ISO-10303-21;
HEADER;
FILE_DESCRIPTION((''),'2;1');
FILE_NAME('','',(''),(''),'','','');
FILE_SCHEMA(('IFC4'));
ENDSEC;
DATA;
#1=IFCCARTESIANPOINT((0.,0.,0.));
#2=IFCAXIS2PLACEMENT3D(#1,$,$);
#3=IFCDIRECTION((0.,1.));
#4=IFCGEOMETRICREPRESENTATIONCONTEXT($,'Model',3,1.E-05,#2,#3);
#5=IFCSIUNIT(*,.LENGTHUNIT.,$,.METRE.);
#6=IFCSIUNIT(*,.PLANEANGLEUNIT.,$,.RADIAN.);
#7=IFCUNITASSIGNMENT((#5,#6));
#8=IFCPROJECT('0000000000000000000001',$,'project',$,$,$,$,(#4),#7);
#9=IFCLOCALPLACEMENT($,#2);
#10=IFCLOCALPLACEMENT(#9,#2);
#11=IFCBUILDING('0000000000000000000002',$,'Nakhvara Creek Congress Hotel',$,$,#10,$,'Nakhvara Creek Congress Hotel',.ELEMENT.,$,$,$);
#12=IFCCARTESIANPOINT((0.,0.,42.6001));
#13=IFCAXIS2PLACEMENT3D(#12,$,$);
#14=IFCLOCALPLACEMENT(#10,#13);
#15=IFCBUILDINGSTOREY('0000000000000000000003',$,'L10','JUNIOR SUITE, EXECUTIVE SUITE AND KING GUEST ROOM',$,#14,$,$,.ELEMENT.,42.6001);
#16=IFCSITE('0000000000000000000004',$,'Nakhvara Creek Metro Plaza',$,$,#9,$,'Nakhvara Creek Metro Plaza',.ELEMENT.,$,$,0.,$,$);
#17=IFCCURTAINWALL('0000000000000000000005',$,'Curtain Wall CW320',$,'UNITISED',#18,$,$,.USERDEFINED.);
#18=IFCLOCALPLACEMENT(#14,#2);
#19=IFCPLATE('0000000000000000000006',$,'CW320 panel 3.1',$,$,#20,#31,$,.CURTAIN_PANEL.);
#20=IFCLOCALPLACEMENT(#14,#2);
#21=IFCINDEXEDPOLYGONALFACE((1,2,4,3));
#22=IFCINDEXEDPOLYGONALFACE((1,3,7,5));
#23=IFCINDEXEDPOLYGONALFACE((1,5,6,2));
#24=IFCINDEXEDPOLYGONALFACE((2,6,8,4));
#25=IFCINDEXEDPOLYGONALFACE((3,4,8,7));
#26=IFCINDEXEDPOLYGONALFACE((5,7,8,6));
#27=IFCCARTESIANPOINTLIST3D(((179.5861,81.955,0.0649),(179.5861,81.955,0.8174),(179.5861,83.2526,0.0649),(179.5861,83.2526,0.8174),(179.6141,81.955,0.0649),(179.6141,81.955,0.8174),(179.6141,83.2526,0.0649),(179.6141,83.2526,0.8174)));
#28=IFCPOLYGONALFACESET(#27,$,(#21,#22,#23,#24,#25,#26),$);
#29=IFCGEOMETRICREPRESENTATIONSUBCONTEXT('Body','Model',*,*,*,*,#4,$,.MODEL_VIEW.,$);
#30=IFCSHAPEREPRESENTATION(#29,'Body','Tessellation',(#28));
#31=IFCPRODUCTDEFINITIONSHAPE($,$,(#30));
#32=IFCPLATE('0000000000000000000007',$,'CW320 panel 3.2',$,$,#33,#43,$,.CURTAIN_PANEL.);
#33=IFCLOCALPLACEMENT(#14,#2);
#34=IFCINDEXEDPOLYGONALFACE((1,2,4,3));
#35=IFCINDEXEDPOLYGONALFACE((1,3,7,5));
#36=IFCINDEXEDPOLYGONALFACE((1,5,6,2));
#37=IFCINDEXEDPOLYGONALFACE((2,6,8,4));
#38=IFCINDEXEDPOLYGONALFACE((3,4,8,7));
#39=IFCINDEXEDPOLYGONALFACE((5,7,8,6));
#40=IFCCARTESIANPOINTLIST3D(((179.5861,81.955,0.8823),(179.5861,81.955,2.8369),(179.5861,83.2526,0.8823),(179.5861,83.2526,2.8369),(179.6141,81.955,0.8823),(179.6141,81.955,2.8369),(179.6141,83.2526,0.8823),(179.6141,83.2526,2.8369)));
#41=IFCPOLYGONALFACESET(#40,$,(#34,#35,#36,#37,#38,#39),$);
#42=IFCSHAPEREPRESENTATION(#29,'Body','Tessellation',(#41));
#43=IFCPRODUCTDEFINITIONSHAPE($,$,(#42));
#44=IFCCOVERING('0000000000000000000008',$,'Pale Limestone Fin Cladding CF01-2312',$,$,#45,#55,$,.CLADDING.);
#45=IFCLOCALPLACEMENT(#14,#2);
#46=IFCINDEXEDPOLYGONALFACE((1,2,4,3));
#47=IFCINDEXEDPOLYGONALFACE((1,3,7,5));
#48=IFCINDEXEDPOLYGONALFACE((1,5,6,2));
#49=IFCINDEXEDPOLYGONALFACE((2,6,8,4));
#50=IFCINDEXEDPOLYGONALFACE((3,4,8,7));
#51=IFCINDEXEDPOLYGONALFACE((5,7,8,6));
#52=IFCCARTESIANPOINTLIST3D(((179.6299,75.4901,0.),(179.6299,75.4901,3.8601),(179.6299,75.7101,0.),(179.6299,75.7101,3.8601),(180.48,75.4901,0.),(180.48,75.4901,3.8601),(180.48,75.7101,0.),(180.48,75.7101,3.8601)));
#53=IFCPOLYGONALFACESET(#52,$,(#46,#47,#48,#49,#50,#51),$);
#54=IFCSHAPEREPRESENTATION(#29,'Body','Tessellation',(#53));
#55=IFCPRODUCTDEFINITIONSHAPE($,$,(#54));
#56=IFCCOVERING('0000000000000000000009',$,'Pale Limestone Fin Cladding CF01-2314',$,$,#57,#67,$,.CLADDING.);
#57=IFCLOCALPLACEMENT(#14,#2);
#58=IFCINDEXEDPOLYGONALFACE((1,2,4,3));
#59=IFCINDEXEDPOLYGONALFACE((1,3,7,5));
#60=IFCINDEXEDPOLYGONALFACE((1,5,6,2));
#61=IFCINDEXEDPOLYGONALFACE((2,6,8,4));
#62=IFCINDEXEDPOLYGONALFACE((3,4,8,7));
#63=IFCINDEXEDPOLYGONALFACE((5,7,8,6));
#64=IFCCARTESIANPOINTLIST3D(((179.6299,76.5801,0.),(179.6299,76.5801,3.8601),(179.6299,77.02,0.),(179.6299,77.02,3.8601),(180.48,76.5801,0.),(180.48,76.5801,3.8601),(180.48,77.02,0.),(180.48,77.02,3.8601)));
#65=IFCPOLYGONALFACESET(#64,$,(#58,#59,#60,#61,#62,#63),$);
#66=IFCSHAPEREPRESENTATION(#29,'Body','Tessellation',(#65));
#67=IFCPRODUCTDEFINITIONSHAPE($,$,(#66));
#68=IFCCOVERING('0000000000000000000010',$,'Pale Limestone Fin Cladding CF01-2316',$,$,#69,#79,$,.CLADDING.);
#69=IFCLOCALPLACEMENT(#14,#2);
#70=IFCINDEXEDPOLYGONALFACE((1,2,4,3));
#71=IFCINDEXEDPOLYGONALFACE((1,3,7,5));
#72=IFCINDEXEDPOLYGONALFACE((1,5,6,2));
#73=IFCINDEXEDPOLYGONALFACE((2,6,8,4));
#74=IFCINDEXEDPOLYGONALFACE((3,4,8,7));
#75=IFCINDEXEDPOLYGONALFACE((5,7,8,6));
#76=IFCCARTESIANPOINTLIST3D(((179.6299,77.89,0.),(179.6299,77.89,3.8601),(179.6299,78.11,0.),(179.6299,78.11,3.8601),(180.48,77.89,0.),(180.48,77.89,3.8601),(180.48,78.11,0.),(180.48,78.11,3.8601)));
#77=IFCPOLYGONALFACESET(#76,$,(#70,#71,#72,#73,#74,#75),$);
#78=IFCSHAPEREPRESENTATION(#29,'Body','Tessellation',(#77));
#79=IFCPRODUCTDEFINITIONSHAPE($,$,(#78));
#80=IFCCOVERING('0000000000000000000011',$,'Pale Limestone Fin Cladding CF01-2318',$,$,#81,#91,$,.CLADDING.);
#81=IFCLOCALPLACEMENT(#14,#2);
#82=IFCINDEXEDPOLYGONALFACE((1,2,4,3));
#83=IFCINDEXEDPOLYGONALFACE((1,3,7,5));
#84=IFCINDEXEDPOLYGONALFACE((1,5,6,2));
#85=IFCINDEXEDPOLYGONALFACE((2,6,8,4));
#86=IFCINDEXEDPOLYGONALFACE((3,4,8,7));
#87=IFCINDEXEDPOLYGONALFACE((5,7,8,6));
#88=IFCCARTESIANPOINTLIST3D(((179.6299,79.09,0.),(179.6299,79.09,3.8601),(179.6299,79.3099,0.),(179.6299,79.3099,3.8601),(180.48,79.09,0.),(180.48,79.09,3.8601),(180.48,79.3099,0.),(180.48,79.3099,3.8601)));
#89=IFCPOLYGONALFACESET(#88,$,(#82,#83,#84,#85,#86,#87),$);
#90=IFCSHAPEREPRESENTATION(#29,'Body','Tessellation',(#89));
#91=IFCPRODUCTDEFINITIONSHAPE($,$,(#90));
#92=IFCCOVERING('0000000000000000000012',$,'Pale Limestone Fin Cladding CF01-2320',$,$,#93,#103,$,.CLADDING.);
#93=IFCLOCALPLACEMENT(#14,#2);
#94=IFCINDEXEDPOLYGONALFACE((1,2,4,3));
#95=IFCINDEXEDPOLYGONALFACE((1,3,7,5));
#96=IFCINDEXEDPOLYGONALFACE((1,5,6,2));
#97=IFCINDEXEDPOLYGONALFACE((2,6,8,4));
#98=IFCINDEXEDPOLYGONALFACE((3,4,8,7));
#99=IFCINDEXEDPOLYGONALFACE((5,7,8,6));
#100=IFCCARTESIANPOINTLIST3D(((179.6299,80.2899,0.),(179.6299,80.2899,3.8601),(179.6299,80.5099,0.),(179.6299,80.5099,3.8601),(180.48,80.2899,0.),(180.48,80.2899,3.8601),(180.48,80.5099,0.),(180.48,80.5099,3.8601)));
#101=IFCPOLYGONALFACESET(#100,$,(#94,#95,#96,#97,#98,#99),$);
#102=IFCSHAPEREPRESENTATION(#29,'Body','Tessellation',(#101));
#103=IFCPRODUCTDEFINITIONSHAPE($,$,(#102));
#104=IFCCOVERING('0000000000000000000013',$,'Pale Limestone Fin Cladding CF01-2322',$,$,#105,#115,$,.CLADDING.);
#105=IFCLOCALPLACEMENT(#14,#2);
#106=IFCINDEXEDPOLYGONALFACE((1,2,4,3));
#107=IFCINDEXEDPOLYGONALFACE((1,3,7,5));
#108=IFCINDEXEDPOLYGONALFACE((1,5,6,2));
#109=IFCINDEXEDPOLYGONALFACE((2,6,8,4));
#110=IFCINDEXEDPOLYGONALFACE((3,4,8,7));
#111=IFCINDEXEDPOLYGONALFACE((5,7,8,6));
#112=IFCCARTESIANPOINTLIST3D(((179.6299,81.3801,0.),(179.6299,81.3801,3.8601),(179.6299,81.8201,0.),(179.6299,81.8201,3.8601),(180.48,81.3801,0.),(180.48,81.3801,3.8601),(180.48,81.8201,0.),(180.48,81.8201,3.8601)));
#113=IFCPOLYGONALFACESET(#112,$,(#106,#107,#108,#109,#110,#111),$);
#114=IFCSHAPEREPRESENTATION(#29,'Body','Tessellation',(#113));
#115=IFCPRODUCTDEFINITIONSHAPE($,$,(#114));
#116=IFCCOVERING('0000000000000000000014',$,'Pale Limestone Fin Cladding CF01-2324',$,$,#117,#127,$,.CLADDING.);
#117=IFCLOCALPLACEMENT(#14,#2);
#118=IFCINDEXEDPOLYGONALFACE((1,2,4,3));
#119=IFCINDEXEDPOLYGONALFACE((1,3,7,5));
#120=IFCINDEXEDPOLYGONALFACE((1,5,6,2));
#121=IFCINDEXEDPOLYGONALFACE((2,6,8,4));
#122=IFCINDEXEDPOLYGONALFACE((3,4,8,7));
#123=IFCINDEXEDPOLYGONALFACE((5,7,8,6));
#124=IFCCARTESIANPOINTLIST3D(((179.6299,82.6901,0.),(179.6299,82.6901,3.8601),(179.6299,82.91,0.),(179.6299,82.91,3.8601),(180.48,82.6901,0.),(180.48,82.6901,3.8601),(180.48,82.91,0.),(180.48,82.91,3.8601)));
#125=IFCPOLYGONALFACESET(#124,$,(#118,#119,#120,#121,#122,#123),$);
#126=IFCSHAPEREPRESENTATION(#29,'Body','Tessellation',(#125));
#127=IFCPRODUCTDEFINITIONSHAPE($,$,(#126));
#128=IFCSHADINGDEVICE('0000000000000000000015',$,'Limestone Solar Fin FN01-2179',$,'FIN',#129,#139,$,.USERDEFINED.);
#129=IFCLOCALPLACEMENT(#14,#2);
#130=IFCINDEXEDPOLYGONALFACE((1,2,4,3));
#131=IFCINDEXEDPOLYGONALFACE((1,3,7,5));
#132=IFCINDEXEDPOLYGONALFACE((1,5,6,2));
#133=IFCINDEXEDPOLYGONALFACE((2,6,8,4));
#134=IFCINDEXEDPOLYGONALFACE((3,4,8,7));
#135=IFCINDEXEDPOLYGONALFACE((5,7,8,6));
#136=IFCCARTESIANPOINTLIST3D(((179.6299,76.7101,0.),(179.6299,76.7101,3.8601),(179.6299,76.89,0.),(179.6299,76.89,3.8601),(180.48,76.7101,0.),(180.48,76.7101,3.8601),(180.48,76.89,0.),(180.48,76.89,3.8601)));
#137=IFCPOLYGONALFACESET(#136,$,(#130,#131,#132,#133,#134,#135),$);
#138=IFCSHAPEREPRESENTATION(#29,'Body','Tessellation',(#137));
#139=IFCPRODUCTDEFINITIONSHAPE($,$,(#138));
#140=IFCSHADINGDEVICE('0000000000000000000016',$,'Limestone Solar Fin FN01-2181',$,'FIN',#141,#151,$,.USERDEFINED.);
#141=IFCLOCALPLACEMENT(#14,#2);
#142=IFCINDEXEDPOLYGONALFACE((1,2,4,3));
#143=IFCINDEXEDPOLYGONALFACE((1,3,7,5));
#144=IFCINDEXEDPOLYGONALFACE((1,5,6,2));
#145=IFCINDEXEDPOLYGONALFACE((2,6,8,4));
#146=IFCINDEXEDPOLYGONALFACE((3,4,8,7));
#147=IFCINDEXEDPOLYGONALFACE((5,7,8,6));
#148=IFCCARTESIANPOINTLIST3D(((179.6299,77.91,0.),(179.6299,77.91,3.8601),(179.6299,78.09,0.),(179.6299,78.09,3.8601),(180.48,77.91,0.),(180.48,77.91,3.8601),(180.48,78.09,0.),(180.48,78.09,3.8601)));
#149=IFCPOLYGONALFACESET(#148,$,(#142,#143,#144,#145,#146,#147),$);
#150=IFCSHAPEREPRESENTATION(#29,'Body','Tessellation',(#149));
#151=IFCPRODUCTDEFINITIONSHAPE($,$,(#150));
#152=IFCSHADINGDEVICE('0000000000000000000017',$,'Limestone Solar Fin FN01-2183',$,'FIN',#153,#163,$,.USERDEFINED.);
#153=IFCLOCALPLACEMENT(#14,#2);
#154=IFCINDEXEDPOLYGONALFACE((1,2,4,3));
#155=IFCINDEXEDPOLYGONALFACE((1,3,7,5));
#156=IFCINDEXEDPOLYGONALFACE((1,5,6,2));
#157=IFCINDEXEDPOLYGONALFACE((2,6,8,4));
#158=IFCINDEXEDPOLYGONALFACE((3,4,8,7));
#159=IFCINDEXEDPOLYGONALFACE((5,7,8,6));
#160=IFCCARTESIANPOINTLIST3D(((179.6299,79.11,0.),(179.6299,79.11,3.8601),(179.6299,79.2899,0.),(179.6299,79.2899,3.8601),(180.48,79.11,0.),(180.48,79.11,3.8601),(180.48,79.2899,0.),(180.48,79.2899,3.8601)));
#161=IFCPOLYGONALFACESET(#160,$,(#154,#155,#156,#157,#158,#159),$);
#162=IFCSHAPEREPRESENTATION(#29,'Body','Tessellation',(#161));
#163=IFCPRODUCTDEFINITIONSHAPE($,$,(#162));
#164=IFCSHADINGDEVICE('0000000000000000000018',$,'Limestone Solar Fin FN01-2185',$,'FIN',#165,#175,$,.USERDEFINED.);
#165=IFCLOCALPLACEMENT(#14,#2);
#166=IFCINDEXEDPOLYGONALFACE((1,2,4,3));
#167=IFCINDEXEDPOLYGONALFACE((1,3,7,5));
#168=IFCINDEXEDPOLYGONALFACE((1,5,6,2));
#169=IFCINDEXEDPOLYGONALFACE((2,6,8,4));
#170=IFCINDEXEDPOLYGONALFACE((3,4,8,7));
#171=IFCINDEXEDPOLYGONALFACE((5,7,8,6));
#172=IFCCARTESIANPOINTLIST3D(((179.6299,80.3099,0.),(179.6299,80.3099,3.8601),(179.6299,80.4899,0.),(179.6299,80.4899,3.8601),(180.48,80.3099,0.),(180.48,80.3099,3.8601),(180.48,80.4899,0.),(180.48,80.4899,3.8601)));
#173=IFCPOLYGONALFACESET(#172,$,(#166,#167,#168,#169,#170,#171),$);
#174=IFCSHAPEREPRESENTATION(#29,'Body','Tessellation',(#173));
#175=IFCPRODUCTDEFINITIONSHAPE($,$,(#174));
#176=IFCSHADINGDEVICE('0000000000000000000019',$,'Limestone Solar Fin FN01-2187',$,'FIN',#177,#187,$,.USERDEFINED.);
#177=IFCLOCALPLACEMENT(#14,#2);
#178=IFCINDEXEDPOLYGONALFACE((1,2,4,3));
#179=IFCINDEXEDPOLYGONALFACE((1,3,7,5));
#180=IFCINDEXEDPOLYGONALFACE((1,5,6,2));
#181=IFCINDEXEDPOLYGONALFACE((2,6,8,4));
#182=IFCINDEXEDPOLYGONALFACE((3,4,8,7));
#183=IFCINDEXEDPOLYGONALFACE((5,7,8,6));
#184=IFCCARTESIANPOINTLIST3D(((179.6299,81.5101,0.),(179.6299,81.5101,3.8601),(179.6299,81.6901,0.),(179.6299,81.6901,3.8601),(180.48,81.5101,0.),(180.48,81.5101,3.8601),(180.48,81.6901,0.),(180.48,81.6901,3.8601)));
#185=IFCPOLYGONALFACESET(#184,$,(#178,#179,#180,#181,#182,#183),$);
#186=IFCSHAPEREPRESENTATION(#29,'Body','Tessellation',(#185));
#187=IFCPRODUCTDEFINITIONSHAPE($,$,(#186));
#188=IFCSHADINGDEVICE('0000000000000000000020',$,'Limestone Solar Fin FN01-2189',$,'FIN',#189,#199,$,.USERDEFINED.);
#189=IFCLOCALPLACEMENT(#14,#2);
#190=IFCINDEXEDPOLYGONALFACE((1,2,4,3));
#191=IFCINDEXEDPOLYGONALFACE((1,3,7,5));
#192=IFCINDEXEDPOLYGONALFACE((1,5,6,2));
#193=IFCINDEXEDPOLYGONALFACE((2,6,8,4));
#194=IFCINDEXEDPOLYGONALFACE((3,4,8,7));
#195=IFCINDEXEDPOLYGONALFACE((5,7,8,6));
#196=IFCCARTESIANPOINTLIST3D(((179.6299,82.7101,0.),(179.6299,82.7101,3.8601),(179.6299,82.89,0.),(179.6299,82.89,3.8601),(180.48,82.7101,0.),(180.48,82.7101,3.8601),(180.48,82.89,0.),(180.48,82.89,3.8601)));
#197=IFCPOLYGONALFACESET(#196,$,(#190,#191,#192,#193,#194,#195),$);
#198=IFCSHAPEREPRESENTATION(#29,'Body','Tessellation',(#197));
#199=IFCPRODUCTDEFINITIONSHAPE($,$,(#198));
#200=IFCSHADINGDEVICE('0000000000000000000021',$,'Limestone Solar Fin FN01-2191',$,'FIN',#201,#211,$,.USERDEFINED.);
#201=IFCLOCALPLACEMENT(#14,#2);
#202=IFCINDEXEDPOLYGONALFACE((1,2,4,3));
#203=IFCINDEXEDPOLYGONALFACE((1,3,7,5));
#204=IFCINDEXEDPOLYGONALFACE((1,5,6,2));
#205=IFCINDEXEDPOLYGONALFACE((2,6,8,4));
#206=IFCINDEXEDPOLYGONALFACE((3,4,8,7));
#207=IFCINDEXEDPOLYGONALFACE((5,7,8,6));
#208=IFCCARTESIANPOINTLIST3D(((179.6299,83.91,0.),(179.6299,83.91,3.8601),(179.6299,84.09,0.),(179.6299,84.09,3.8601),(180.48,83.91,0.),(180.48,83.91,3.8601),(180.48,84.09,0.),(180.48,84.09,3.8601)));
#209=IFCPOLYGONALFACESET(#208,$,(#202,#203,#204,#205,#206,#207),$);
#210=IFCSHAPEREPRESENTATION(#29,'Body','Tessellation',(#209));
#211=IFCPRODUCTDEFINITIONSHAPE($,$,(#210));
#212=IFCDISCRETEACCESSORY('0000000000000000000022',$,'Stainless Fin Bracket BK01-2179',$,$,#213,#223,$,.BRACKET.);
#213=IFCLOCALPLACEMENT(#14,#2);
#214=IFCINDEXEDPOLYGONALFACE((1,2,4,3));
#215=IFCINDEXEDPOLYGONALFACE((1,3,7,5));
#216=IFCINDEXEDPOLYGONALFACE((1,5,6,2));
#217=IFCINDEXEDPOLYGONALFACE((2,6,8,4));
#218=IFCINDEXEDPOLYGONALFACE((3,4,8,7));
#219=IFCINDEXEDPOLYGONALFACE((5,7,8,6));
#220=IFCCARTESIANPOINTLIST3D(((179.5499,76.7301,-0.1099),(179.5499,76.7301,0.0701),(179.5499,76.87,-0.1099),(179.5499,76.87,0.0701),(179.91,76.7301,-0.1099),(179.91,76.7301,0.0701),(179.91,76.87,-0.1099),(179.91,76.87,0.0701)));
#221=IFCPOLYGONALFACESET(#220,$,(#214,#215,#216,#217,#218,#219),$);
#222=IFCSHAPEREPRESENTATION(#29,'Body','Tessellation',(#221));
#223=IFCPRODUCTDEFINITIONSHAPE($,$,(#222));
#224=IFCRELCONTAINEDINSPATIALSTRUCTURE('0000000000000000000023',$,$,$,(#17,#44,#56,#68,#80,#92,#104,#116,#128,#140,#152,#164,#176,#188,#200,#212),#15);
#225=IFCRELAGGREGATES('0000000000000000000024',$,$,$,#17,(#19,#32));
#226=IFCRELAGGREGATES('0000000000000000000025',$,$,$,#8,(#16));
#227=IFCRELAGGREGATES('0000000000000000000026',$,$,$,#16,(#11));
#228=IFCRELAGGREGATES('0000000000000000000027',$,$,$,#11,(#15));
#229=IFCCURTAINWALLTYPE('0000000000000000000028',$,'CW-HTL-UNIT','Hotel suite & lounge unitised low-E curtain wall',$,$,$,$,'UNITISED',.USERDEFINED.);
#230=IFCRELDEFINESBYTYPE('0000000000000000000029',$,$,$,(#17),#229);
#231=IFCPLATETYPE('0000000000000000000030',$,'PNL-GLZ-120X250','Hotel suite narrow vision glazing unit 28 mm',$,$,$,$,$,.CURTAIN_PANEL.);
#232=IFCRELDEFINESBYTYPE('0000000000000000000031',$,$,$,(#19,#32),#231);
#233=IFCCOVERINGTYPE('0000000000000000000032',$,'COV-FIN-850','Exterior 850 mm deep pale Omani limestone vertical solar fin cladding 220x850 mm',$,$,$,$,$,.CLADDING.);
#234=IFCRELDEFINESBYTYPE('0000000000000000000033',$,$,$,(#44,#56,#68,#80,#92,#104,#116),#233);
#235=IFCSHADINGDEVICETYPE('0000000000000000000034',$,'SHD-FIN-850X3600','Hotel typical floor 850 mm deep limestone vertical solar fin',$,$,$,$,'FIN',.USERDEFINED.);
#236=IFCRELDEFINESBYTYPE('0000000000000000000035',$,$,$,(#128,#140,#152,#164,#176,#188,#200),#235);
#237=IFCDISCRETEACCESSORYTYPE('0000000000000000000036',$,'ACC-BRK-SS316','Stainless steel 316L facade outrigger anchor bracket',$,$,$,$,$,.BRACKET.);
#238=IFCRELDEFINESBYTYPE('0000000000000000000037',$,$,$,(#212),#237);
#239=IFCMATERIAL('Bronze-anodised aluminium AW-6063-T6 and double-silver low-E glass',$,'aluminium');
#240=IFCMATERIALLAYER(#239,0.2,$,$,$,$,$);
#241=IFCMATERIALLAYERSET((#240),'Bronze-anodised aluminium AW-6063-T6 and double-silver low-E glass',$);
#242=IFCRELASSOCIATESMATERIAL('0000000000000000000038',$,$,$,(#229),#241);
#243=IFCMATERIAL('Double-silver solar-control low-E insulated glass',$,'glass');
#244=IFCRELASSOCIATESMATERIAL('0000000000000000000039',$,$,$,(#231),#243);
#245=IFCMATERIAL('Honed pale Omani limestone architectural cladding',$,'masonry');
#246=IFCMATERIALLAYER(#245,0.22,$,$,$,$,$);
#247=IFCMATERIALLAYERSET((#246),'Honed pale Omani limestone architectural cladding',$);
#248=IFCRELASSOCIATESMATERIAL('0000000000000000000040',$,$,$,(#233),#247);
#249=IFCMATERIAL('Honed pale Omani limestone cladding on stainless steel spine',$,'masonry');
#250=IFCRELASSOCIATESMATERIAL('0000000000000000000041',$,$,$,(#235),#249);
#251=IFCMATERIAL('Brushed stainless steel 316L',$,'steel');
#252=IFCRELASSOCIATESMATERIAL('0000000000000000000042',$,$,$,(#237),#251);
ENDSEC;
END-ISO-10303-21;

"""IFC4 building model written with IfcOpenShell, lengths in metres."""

from ifc_helpers import new_model, si_unit, direction, frame, origin, origin_2d, place, context, subcontext, project, spatial, rectangle, extrude, material, layer, layer_set, type_object, element, aggregate, save


model = new_model("IFC4")

# Units and contexts
model_context = context("Model", 3, precision=1e-05, world=origin(), true_north=direction((0.0, 1.0)))
body_context = subcontext(model_context, "Body", "Model", "MODEL_VIEW")
ifc_project = project(units=[si_unit("LENGTHUNIT", "METRE"), si_unit("PLANEANGLEUNIT", "RADIAN")], contexts=[model_context])

# Site, building, storey
site_placement = place(None, origin())
site = spatial("IfcSite", under=ifc_project, at=site_placement, Name="Nakhvara Creek Metro Plaza", LongName="Nakhvara Creek Metro Plaza", CompositionType="ELEMENT", RefElevation=0.0)
building_placement = place(site_placement, origin())
building = spatial("IfcBuilding", under=site, at=building_placement, Name="Nakhvara Creek Congress Hotel", LongName="Nakhvara Creek Congress Hotel", CompositionType="ELEMENT")
storey_placement = place(building_placement, frame((0.0, 0.0, 42.6001)))
storey = spatial("IfcBuildingStorey", under=building, at=storey_placement, Name="L10", Description="JUNIOR SUITE, EXECUTIVE SUITE AND KING GUEST ROOM", CompositionType="ELEMENT", Elevation=42.6001)

# Shared definitions
ifc_material_1 = material(Name="Bronze-anodised aluminium AW-6063-T6 and double-silver low-E glass", Category="aluminium")
ifc_layer_1 = layer(ifc_material_1, 0.2)
ifc_layer_set_1 = layer_set([ifc_layer_1], Name="Bronze-anodised aluminium AW-6063-T6 and double-silver low-E glass")
curtain_wall_type = type_object("IfcCurtainWallType", Name="CW-HTL-UNIT", Description="Hotel suite & lounge unitised low-E curtain wall", ElementType="UNITISED", PredefinedType="USERDEFINED", material=ifc_layer_set_1)

# Curtain wall
curtain_wall_1_placement = place(storey_placement, origin())
curtain_wall_1 = element("IfcCurtainWall", 1, at=curtain_wall_1_placement, inside=storey, type_object=curtain_wall_type, Name="Curtain Wall CW320", ObjectType="UNITISED", PredefinedType="USERDEFINED")

# Plates
ifc_material_2 = material(Name="Double-silver solar-control low-E insulated glass", Category="glass")
plate_type = type_object("IfcPlateType", Name="PNL-GLZ-120X250", Description="Hotel suite narrow vision glazing unit 28 mm", PredefinedType="CURTAIN_PANEL", material=ifc_material_2)
plate_1_placement = place(storey_placement, frame((179.6001, 82.6038, 0.0649), z_axis=(0.0, 0.0, 1.0), x_axis=(0.0, -1.0, 0.0)))
plate_1 = element("IfcPlate", 2, at=plate_1_placement, type_object=plate_type, Name="CW320 panel 3.1", PredefinedType="CURTAIN_PANEL", context=body_context, shape_type="SweptSolid", body=[
    extrude(rectangle(XDim=1.2976, YDim=0.0281, at=origin_2d()), origin(), (0.0, 0.0, 1.0), 0.7524),
])
plate_2_placement = place(storey_placement, frame((179.6001, 82.6038, 0.8823), z_axis=(0.0, 0.0, 1.0), x_axis=(0.0, -1.0, 0.0)))
plate_2 = element("IfcPlate", 3, at=plate_2_placement, type_object=plate_type, Name="CW320 panel 3.2", PredefinedType="CURTAIN_PANEL", context=body_context, shape_type="SweptSolid", body=[
    extrude(rectangle(XDim=1.2976, YDim=0.0281, at=origin_2d()), origin(), (0.0, 0.0, 1.0), 1.9546),
])
aggregate(curtain_wall_1, [plate_1, plate_2])

# Coverings
ifc_material_3 = material(Name="Honed pale Omani limestone architectural cladding", Category="masonry")
ifc_layer_2 = layer(ifc_material_3, 0.22)
ifc_layer_set_2 = layer_set([ifc_layer_2], Name="Honed pale Omani limestone architectural cladding")
covering_type = type_object("IfcCoveringType", Name="COV-FIN-850", Description="Exterior 850 mm deep pale Omani limestone vertical solar fin cladding 220x850 mm", PredefinedType="CLADDING", material=ifc_layer_set_2)
covering_1_placement = place(storey_placement, frame((180.0549, 75.6001, 0.0), z_axis=(0.0, 0.0, 1.0), x_axis=(0.0, 1.0, 0.0)))
element("IfcCovering", 4, at=covering_1_placement, inside=storey, type_object=covering_type, Name="Pale Limestone Fin Cladding CF01-2312", PredefinedType="CLADDING", context=body_context, shape_type="SweptSolid", body=[
    extrude(rectangle(XDim=0.22, YDim=0.8501, at=origin_2d()), origin(), (0.0, 0.0, 1.0), 3.8601),
])
covering_2_placement = place(storey_placement, frame((180.0549, 76.8, 0.0), z_axis=(0.0, 0.0, 1.0), x_axis=(0.0, 1.0, 0.0)))
element("IfcCovering", 5, at=covering_2_placement, inside=storey, type_object=covering_type, Name="Pale Limestone Fin Cladding CF01-2314", PredefinedType="CLADDING", context=body_context, shape_type="SweptSolid", body=[
    extrude(rectangle(XDim=0.4399, YDim=0.8501, at=origin_2d()), origin(), (0.0, 0.0, 1.0), 3.8601),
])
for number, where, z_axis, x_axis, name in (
    (6, (180.0549, 78.0, 0.0), (0.0, 0.0, 1.0), (0.0, 1.0, 0.0), "Pale Limestone Fin Cladding CF01-2316"),
    (7, (180.0549, 79.2, 0.0), (0.0, 0.0, 1.0), (0.0, 1.0, 0.0), "Pale Limestone Fin Cladding CF01-2318"),
    (8, (180.0549, 80.3999, 0.0), (0.0, 0.0, 1.0), (0.0, 1.0, 0.0), "Pale Limestone Fin Cladding CF01-2320"),
):
    element("IfcCovering", number, at=place(storey_placement, frame(where, z_axis=z_axis, x_axis=x_axis)), inside=storey, type_object=covering_type, Name=name, PredefinedType="CLADDING", context=body_context, shape_type="SweptSolid", body=[
        extrude(rectangle(XDim=0.22, YDim=0.8501, at=origin_2d()), origin(), (0.0, 0.0, 1.0), 3.8601),
    ])
covering_3_placement = place(storey_placement, frame((180.0549, 81.6001, 0.0), z_axis=(0.0, 0.0, 1.0), x_axis=(0.0, 1.0, 0.0)))
element("IfcCovering", 9, at=covering_3_placement, inside=storey, type_object=covering_type, Name="Pale Limestone Fin Cladding CF01-2322", PredefinedType="CLADDING", context=body_context, shape_type="SweptSolid", body=[
    extrude(rectangle(XDim=0.4399, YDim=0.8501, at=origin_2d()), origin(), (0.0, 0.0, 1.0), 3.8601),
])
covering_4_placement = place(storey_placement, frame((180.0549, 82.8, 0.0), z_axis=(0.0, 0.0, 1.0), x_axis=(0.0, 1.0, 0.0)))
element("IfcCovering", 10, at=covering_4_placement, inside=storey, type_object=covering_type, Name="Pale Limestone Fin Cladding CF01-2324", PredefinedType="CLADDING", context=body_context, shape_type="SweptSolid", body=[
    extrude(rectangle(XDim=0.22, YDim=0.8501, at=origin_2d()), origin(), (0.0, 0.0, 1.0), 3.8601),
])

# Shading devices
ifc_material_4 = material(Name="Honed pale Omani limestone cladding on stainless steel spine", Category="masonry")
shading_device_type = type_object("IfcShadingDeviceType", Name="SHD-FIN-850X3600", Description="Hotel typical floor 850 mm deep limestone vertical solar fin", ElementType="FIN", PredefinedType="USERDEFINED", material=ifc_material_4)
for number, where, z_axis, x_axis, name in (
    (11, (180.0549, 76.8, 0.0), (0.0, 0.0, 1.0), (0.0, 1.0, 0.0), "Limestone Solar Fin FN01-2179"),
    (12, (180.0549, 78.0, 0.0), (0.0, 0.0, 1.0), (0.0, 1.0, 0.0), "Limestone Solar Fin FN01-2181"),
    (13, (180.0549, 79.2, 0.0), (0.0, 0.0, 1.0), (0.0, 1.0, 0.0), "Limestone Solar Fin FN01-2183"),
    (14, (180.0549, 80.3999, 0.0), (0.0, 0.0, 1.0), (0.0, 1.0, 0.0), "Limestone Solar Fin FN01-2185"),
    (15, (180.0549, 81.6001, 0.0), (0.0, 0.0, 1.0), (0.0, 1.0, 0.0), "Limestone Solar Fin FN01-2187"),
    (16, (180.0549, 82.8, 0.0), (0.0, 0.0, 1.0), (0.0, 1.0, 0.0), "Limestone Solar Fin FN01-2189"),
    (17, (180.0549, 84.0, 0.0), (0.0, 0.0, 1.0), (0.0, 1.0, 0.0), "Limestone Solar Fin FN01-2191"),
):
    element("IfcShadingDevice", number, at=place(storey_placement, frame(where, z_axis=z_axis, x_axis=x_axis)), inside=storey, type_object=shading_device_type, Name=name, ObjectType="FIN", PredefinedType="USERDEFINED", context=body_context, shape_type="SweptSolid", body=[
        extrude(rectangle(XDim=0.1799, YDim=0.8501, at=origin_2d()), origin(), (0.0, 0.0, 1.0), 3.8601),
    ])

# Discrete accessory
ifc_material_5 = material(Name="Brushed stainless steel 316L", Category="steel")
discrete_accessory_type = type_object("IfcDiscreteAccessoryType", Name="ACC-BRK-SS316", Description="Stainless steel 316L facade outrigger anchor bracket", PredefinedType="BRACKET", material=ifc_material_5)
for number, where, z_axis, x_axis, name in (
    (18, (179.73, 76.8, -0.1099), (0.0, 0.0, 1.0), (0.0, 1.0, 0.0), "Stainless Fin Bracket BK01-2179"),
):
    element("IfcDiscreteAccessory", number, at=place(storey_placement, frame(where, z_axis=z_axis, x_axis=x_axis)), inside=storey, type_object=discrete_accessory_type, Name=name, PredefinedType="BRACKET", context=body_context, shape_type="SweptSolid", body=[
        extrude(rectangle(XDim=0.1399, YDim=0.3601, at=origin_2d()), origin(), (0.0, 0.0, 1.0), 0.1799),
    ])

save(model, "model.ifc")
